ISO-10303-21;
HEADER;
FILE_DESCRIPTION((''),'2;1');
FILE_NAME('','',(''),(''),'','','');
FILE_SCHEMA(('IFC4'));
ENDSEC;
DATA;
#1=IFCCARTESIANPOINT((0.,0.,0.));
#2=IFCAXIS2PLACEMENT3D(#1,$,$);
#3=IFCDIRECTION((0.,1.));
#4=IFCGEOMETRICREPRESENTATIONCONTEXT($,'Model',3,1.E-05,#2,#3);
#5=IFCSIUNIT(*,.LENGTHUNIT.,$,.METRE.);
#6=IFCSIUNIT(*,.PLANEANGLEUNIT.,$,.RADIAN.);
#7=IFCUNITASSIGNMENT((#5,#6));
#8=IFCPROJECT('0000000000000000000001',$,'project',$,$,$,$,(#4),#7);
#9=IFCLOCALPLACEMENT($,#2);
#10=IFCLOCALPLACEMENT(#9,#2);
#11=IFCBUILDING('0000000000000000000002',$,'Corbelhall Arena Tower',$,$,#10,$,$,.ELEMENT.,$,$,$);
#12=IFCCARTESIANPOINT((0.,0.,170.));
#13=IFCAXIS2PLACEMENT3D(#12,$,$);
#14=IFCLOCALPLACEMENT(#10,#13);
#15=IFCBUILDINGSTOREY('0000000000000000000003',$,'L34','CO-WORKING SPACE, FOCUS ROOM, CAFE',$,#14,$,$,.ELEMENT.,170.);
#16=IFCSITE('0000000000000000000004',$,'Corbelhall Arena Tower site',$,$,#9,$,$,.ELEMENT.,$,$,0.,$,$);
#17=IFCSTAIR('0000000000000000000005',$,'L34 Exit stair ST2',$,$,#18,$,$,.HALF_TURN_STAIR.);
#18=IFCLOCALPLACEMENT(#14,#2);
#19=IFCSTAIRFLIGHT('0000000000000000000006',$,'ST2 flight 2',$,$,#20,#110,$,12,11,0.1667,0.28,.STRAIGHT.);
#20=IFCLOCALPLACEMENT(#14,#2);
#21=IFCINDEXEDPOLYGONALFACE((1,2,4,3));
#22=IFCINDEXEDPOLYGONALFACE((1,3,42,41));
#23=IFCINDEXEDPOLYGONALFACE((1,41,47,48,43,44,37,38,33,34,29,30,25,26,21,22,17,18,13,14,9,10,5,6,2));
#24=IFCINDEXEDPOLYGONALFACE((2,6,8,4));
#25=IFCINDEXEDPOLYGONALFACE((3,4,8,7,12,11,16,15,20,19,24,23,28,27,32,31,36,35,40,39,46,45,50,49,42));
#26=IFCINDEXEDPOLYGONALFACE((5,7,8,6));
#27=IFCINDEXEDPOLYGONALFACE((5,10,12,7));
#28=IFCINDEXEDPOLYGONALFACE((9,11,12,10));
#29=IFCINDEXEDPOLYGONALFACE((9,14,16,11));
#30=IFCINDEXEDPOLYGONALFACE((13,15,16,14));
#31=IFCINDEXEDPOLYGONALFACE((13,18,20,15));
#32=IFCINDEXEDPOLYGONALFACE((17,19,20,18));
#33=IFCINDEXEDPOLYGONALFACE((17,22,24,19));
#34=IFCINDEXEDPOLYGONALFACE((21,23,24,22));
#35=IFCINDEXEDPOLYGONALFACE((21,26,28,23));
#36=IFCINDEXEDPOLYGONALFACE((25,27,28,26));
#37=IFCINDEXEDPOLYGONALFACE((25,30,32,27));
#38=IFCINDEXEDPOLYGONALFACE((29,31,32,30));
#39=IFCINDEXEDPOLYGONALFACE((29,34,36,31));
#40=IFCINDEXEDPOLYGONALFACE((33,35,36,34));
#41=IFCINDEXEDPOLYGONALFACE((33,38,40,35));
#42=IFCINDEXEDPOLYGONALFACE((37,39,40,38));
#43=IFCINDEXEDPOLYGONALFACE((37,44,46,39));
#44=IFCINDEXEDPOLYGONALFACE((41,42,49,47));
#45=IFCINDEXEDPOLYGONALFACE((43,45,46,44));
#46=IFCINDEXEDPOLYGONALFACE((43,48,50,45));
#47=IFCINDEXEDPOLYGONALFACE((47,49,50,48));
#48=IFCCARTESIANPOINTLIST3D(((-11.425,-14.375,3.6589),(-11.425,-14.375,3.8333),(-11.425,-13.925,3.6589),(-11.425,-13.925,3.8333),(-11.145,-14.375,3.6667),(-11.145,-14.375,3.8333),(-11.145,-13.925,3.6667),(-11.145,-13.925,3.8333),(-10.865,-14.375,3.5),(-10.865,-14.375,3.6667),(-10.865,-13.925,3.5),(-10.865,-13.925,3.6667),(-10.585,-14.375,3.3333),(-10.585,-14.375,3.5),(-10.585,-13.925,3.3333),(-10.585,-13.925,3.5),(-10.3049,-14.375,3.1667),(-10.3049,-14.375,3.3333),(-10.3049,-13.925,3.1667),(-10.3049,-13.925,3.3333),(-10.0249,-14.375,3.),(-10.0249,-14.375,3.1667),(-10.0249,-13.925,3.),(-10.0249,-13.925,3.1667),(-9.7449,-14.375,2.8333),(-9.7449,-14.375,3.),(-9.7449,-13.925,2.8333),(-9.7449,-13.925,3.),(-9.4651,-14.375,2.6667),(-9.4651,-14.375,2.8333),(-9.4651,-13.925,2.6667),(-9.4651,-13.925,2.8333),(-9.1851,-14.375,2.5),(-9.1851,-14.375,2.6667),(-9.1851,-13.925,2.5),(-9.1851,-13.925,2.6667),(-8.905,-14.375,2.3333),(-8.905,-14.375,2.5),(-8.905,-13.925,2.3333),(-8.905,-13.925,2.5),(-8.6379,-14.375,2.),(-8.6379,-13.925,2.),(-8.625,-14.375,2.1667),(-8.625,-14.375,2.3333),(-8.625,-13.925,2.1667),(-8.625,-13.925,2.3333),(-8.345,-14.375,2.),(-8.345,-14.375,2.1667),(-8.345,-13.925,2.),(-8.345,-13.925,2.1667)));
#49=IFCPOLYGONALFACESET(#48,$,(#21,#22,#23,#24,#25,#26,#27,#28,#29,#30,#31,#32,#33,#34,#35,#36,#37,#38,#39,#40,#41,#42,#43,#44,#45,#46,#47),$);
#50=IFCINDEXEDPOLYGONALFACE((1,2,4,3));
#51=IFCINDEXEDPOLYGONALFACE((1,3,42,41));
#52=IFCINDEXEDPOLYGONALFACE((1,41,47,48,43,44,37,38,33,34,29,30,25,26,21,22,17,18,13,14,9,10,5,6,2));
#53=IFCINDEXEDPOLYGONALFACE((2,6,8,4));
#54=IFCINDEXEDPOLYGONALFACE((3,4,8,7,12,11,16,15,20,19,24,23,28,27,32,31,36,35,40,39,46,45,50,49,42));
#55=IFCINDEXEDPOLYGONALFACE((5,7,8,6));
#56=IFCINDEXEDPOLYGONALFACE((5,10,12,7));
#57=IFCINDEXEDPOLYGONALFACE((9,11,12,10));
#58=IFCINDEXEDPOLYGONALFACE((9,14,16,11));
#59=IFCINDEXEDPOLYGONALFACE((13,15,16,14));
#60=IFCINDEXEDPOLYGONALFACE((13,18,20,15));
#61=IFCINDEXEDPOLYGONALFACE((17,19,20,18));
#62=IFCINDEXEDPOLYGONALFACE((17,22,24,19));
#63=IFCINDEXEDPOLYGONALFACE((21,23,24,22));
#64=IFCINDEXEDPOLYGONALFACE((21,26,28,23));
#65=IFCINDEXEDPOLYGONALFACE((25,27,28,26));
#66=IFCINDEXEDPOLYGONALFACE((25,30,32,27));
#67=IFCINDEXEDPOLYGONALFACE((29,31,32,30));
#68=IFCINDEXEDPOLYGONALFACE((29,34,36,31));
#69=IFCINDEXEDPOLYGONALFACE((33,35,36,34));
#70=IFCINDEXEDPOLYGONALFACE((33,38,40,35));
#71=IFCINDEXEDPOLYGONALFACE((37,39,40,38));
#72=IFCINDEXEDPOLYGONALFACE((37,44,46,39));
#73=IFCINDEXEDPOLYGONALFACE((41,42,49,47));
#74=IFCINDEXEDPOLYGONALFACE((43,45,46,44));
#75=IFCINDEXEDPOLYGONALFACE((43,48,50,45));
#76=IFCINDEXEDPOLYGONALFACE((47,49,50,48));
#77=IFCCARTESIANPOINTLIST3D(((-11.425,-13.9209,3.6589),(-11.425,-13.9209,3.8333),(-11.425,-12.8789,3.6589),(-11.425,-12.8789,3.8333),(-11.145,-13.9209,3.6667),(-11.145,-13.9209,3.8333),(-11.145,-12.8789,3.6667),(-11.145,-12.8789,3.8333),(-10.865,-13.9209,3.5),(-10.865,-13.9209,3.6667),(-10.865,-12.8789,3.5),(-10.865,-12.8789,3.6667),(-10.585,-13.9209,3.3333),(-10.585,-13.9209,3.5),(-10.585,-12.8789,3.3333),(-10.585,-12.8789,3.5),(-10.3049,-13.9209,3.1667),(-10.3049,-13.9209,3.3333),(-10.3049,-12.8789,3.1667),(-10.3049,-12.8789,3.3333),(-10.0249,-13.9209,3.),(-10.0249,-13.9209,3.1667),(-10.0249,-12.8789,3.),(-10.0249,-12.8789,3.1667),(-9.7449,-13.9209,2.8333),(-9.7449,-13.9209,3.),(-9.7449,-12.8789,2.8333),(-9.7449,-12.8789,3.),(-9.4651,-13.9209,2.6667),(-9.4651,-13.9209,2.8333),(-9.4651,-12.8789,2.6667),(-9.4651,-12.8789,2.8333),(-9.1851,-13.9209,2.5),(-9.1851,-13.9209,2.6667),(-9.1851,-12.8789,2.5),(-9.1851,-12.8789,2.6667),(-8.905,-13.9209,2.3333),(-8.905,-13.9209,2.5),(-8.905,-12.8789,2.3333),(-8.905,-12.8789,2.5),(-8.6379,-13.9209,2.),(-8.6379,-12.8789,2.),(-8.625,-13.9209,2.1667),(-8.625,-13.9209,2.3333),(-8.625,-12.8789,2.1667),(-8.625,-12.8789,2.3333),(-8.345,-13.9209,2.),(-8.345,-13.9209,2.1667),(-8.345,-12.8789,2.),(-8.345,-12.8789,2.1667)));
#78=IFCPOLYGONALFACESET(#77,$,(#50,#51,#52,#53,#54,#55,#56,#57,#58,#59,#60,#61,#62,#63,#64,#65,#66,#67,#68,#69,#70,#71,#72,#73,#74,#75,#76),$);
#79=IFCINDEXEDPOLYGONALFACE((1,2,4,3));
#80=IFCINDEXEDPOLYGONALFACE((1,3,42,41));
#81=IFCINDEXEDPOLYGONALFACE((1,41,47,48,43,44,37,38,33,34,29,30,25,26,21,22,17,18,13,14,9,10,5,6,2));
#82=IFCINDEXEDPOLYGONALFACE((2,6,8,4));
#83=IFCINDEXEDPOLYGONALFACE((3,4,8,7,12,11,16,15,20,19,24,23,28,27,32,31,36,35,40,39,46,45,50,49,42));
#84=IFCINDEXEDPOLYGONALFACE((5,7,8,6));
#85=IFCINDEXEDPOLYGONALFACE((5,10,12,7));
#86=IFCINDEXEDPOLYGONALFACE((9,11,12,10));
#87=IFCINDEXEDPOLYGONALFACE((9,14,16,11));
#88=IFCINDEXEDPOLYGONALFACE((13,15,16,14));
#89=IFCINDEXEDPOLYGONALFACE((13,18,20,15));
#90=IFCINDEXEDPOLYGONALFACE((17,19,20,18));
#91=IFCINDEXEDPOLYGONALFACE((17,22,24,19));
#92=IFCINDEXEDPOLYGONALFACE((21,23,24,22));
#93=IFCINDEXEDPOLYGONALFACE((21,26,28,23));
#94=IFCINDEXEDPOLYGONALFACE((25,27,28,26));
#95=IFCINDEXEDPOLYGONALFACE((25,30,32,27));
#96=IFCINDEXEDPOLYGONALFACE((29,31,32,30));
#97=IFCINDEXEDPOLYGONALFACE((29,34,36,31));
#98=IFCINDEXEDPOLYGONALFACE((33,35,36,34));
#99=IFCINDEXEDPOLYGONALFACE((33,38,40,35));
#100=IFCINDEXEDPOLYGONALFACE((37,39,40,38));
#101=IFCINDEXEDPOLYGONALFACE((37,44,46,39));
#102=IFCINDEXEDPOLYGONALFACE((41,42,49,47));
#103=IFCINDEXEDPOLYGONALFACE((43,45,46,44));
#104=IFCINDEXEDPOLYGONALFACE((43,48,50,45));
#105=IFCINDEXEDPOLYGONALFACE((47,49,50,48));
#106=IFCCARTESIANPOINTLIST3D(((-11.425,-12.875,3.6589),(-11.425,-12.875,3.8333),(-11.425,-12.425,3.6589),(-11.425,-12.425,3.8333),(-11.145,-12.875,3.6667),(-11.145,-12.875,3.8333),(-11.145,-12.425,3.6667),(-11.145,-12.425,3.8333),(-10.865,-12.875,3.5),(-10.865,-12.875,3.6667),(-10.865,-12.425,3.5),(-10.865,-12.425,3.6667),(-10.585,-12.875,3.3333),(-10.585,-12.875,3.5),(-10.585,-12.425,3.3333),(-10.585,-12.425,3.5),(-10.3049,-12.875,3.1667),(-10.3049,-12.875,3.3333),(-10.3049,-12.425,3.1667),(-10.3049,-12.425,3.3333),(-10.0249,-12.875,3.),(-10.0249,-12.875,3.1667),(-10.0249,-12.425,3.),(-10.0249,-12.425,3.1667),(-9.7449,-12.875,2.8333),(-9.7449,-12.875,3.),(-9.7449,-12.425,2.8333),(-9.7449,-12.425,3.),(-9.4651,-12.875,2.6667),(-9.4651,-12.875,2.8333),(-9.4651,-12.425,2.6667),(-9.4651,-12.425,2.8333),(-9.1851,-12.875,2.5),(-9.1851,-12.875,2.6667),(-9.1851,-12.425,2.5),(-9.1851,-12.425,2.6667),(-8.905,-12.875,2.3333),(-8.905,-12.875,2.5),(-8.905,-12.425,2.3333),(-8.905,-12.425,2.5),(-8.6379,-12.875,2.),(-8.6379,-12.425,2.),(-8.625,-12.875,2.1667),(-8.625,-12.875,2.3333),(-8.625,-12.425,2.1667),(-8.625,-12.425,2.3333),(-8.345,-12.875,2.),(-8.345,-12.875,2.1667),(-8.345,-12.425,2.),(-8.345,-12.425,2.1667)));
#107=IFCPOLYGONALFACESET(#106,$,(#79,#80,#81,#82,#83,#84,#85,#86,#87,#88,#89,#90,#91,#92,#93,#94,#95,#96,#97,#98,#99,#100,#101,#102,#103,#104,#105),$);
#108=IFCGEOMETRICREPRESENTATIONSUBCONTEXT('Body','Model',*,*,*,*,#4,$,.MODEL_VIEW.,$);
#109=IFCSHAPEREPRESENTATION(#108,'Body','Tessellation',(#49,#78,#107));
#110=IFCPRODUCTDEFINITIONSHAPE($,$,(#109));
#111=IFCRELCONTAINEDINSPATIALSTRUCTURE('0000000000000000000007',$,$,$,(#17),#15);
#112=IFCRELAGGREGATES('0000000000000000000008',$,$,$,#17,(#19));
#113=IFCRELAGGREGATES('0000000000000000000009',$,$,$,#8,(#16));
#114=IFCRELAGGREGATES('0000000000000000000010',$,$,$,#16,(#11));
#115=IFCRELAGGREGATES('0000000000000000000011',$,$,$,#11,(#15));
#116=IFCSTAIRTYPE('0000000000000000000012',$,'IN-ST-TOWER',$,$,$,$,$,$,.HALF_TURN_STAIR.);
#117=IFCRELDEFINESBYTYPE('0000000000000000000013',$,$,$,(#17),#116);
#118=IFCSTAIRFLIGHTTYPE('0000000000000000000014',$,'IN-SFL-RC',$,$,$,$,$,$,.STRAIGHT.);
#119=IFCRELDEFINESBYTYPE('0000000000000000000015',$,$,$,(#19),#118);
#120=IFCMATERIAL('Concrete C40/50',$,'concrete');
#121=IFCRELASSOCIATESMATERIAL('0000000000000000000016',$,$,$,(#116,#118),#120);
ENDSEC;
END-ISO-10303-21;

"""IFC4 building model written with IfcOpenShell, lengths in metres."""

from ifc_helpers import new_model, si_unit, direction, frame, origin, place, context, subcontext, project, spatial, polyline, outline, extrude, material, type_object, element, aggregate, save


model = new_model("IFC4")

# Units and contexts
model_context = context("Model", 3, precision=1e-05, world=origin(), true_north=direction((0.0, 1.0)))
body_context = subcontext(model_context, "Body", "Model", "MODEL_VIEW")
ifc_project = project(units=[si_unit("LENGTHUNIT", "METRE"), si_unit("PLANEANGLEUNIT", "RADIAN")], contexts=[model_context])

# Site, building, storey
site_placement = place(None, origin())
site = spatial("IfcSite", under=ifc_project, at=site_placement, Name="Corbelhall Arena Tower site", CompositionType="ELEMENT", RefElevation=0.0)
building_placement = place(site_placement, origin())
building = spatial("IfcBuilding", under=site, at=building_placement, Name="Corbelhall Arena Tower", CompositionType="ELEMENT")
storey_placement = place(building_placement, frame((0.0, 0.0, 170.0)))
storey = spatial("IfcBuildingStorey", under=building, at=storey_placement, Name="L34", Description="CO-WORKING SPACE, FOCUS ROOM, CAFE", CompositionType="ELEMENT", Elevation=170.0)

# Shared definitions
ifc_material_1 = material(Name="Concrete C40/50", Category="concrete")

# Stair, stair flight
stair_type = type_object("IfcStairType", Name="IN-ST-TOWER", PredefinedType="HALF_TURN_STAIR", material=ifc_material_1)
stair_placement = place(storey_placement, origin())
stair = element("IfcStair", 1, at=stair_placement, inside=storey, type_object=stair_type, Name="L34 Exit stair ST2", PredefinedType="HALF_TURN_STAIR")
stair_flight_type = type_object("IfcStairFlightType", Name="IN-SFL-RC", PredefinedType="STRAIGHT", material=ifc_material_1)
stair_flight_placement = place(storey_placement, frame((-8.345, -13.3999, 2.0), z_axis=(0.0, 0.0, 1.0), x_axis=(-1.0, 0.0, 0.0)))
stair_flight = element("IfcStairFlight", 2, at=stair_flight_placement, type_object=stair_flight_type, Name="ST2 flight 2", NumberOfRisers=12, NumberOfTreads=11, PredefinedType="STRAIGHT", RiserHeight=0.1667, TreadLength=0.28, context=body_context, shape_type="SweptSolid", body=[
    extrude(outline(polyline([(0.0, 0.0), (0.0, 0.1667), (0.28, 0.1667), (0.28, 0.3333), (0.5601, 0.3333), (0.5601, 0.5), (0.8401, 0.5), (0.8401, 0.6667), (1.1201, 0.6667), (1.1201, 0.8333), (1.3999, 0.8333), (1.3999, 1.0), (1.6799, 1.0), (1.6799, 1.1667), (1.96, 1.1667), (1.96, 1.3333), (2.24, 1.3333), (2.24, 1.5), (2.52, 1.5), (2.52, 1.6667), (2.8, 1.6667), (2.8, 1.8333), (3.0801, 1.8333), (3.0801, 2.0), (3.0801, 1.6589), (0.293, 0.0), (0.0, 0.0)])), frame((0.0, 0.9751, 0.0), z_axis=(0.0, -1.0, 0.0), x_axis=(1.0, 0.0, 0.0)), (0.0, 0.0, 1.0), 0.45),
    extrude(outline(polyline([(0.0, 0.0), (0.0, 0.1667), (0.28, 0.1667), (0.28, 0.3333), (0.5601, 0.3333), (0.5601, 0.5), (0.8401, 0.5), (0.8401, 0.6667), (1.1201, 0.6667), (1.1201, 0.8333), (1.3999, 0.8333), (1.3999, 1.0), (1.6799, 1.0), (1.6799, 1.1667), (1.96, 1.1667), (1.96, 1.3333), (2.24, 1.3333), (2.24, 1.5), (2.52, 1.5), (2.52, 1.6667), (2.8, 1.6667), (2.8, 1.8333), (3.0801, 1.8333), (3.0801, 2.0), (3.0801, 1.6589), (0.293, 0.0), (0.0, 0.0)])), frame((0.0, 0.521, 0.0), z_axis=(0.0, -1.0, 0.0), x_axis=(1.0, 0.0, 0.0)), (0.0, 0.0, 1.0), 1.042),
    extrude(outline(polyline([(0.0, 0.0), (0.0, 0.1667), (0.28, 0.1667), (0.28, 0.3333), (0.5601, 0.3333), (0.5601, 0.5), (0.8401, 0.5), (0.8401, 0.6667), (1.1201, 0.6667), (1.1201, 0.8333), (1.3999, 0.8333), (1.3999, 1.0), (1.6799, 1.0), (1.6799, 1.1667), (1.96, 1.1667), (1.96, 1.3333), (2.24, 1.3333), (2.24, 1.5), (2.52, 1.5), (2.52, 1.6667), (2.8, 1.6667), (2.8, 1.8333), (3.0801, 1.8333), (3.0801, 2.0), (3.0801, 1.6589), (0.293, 0.0), (0.0, 0.0)])), frame((0.0, -0.5249, 0.0), z_axis=(0.0, -1.0, 0.0), x_axis=(1.0, 0.0, 0.0)), (0.0, 0.0, 1.0), 0.45),
])
aggregate(stair, [stair_flight])

save(model, "model.ifc")
